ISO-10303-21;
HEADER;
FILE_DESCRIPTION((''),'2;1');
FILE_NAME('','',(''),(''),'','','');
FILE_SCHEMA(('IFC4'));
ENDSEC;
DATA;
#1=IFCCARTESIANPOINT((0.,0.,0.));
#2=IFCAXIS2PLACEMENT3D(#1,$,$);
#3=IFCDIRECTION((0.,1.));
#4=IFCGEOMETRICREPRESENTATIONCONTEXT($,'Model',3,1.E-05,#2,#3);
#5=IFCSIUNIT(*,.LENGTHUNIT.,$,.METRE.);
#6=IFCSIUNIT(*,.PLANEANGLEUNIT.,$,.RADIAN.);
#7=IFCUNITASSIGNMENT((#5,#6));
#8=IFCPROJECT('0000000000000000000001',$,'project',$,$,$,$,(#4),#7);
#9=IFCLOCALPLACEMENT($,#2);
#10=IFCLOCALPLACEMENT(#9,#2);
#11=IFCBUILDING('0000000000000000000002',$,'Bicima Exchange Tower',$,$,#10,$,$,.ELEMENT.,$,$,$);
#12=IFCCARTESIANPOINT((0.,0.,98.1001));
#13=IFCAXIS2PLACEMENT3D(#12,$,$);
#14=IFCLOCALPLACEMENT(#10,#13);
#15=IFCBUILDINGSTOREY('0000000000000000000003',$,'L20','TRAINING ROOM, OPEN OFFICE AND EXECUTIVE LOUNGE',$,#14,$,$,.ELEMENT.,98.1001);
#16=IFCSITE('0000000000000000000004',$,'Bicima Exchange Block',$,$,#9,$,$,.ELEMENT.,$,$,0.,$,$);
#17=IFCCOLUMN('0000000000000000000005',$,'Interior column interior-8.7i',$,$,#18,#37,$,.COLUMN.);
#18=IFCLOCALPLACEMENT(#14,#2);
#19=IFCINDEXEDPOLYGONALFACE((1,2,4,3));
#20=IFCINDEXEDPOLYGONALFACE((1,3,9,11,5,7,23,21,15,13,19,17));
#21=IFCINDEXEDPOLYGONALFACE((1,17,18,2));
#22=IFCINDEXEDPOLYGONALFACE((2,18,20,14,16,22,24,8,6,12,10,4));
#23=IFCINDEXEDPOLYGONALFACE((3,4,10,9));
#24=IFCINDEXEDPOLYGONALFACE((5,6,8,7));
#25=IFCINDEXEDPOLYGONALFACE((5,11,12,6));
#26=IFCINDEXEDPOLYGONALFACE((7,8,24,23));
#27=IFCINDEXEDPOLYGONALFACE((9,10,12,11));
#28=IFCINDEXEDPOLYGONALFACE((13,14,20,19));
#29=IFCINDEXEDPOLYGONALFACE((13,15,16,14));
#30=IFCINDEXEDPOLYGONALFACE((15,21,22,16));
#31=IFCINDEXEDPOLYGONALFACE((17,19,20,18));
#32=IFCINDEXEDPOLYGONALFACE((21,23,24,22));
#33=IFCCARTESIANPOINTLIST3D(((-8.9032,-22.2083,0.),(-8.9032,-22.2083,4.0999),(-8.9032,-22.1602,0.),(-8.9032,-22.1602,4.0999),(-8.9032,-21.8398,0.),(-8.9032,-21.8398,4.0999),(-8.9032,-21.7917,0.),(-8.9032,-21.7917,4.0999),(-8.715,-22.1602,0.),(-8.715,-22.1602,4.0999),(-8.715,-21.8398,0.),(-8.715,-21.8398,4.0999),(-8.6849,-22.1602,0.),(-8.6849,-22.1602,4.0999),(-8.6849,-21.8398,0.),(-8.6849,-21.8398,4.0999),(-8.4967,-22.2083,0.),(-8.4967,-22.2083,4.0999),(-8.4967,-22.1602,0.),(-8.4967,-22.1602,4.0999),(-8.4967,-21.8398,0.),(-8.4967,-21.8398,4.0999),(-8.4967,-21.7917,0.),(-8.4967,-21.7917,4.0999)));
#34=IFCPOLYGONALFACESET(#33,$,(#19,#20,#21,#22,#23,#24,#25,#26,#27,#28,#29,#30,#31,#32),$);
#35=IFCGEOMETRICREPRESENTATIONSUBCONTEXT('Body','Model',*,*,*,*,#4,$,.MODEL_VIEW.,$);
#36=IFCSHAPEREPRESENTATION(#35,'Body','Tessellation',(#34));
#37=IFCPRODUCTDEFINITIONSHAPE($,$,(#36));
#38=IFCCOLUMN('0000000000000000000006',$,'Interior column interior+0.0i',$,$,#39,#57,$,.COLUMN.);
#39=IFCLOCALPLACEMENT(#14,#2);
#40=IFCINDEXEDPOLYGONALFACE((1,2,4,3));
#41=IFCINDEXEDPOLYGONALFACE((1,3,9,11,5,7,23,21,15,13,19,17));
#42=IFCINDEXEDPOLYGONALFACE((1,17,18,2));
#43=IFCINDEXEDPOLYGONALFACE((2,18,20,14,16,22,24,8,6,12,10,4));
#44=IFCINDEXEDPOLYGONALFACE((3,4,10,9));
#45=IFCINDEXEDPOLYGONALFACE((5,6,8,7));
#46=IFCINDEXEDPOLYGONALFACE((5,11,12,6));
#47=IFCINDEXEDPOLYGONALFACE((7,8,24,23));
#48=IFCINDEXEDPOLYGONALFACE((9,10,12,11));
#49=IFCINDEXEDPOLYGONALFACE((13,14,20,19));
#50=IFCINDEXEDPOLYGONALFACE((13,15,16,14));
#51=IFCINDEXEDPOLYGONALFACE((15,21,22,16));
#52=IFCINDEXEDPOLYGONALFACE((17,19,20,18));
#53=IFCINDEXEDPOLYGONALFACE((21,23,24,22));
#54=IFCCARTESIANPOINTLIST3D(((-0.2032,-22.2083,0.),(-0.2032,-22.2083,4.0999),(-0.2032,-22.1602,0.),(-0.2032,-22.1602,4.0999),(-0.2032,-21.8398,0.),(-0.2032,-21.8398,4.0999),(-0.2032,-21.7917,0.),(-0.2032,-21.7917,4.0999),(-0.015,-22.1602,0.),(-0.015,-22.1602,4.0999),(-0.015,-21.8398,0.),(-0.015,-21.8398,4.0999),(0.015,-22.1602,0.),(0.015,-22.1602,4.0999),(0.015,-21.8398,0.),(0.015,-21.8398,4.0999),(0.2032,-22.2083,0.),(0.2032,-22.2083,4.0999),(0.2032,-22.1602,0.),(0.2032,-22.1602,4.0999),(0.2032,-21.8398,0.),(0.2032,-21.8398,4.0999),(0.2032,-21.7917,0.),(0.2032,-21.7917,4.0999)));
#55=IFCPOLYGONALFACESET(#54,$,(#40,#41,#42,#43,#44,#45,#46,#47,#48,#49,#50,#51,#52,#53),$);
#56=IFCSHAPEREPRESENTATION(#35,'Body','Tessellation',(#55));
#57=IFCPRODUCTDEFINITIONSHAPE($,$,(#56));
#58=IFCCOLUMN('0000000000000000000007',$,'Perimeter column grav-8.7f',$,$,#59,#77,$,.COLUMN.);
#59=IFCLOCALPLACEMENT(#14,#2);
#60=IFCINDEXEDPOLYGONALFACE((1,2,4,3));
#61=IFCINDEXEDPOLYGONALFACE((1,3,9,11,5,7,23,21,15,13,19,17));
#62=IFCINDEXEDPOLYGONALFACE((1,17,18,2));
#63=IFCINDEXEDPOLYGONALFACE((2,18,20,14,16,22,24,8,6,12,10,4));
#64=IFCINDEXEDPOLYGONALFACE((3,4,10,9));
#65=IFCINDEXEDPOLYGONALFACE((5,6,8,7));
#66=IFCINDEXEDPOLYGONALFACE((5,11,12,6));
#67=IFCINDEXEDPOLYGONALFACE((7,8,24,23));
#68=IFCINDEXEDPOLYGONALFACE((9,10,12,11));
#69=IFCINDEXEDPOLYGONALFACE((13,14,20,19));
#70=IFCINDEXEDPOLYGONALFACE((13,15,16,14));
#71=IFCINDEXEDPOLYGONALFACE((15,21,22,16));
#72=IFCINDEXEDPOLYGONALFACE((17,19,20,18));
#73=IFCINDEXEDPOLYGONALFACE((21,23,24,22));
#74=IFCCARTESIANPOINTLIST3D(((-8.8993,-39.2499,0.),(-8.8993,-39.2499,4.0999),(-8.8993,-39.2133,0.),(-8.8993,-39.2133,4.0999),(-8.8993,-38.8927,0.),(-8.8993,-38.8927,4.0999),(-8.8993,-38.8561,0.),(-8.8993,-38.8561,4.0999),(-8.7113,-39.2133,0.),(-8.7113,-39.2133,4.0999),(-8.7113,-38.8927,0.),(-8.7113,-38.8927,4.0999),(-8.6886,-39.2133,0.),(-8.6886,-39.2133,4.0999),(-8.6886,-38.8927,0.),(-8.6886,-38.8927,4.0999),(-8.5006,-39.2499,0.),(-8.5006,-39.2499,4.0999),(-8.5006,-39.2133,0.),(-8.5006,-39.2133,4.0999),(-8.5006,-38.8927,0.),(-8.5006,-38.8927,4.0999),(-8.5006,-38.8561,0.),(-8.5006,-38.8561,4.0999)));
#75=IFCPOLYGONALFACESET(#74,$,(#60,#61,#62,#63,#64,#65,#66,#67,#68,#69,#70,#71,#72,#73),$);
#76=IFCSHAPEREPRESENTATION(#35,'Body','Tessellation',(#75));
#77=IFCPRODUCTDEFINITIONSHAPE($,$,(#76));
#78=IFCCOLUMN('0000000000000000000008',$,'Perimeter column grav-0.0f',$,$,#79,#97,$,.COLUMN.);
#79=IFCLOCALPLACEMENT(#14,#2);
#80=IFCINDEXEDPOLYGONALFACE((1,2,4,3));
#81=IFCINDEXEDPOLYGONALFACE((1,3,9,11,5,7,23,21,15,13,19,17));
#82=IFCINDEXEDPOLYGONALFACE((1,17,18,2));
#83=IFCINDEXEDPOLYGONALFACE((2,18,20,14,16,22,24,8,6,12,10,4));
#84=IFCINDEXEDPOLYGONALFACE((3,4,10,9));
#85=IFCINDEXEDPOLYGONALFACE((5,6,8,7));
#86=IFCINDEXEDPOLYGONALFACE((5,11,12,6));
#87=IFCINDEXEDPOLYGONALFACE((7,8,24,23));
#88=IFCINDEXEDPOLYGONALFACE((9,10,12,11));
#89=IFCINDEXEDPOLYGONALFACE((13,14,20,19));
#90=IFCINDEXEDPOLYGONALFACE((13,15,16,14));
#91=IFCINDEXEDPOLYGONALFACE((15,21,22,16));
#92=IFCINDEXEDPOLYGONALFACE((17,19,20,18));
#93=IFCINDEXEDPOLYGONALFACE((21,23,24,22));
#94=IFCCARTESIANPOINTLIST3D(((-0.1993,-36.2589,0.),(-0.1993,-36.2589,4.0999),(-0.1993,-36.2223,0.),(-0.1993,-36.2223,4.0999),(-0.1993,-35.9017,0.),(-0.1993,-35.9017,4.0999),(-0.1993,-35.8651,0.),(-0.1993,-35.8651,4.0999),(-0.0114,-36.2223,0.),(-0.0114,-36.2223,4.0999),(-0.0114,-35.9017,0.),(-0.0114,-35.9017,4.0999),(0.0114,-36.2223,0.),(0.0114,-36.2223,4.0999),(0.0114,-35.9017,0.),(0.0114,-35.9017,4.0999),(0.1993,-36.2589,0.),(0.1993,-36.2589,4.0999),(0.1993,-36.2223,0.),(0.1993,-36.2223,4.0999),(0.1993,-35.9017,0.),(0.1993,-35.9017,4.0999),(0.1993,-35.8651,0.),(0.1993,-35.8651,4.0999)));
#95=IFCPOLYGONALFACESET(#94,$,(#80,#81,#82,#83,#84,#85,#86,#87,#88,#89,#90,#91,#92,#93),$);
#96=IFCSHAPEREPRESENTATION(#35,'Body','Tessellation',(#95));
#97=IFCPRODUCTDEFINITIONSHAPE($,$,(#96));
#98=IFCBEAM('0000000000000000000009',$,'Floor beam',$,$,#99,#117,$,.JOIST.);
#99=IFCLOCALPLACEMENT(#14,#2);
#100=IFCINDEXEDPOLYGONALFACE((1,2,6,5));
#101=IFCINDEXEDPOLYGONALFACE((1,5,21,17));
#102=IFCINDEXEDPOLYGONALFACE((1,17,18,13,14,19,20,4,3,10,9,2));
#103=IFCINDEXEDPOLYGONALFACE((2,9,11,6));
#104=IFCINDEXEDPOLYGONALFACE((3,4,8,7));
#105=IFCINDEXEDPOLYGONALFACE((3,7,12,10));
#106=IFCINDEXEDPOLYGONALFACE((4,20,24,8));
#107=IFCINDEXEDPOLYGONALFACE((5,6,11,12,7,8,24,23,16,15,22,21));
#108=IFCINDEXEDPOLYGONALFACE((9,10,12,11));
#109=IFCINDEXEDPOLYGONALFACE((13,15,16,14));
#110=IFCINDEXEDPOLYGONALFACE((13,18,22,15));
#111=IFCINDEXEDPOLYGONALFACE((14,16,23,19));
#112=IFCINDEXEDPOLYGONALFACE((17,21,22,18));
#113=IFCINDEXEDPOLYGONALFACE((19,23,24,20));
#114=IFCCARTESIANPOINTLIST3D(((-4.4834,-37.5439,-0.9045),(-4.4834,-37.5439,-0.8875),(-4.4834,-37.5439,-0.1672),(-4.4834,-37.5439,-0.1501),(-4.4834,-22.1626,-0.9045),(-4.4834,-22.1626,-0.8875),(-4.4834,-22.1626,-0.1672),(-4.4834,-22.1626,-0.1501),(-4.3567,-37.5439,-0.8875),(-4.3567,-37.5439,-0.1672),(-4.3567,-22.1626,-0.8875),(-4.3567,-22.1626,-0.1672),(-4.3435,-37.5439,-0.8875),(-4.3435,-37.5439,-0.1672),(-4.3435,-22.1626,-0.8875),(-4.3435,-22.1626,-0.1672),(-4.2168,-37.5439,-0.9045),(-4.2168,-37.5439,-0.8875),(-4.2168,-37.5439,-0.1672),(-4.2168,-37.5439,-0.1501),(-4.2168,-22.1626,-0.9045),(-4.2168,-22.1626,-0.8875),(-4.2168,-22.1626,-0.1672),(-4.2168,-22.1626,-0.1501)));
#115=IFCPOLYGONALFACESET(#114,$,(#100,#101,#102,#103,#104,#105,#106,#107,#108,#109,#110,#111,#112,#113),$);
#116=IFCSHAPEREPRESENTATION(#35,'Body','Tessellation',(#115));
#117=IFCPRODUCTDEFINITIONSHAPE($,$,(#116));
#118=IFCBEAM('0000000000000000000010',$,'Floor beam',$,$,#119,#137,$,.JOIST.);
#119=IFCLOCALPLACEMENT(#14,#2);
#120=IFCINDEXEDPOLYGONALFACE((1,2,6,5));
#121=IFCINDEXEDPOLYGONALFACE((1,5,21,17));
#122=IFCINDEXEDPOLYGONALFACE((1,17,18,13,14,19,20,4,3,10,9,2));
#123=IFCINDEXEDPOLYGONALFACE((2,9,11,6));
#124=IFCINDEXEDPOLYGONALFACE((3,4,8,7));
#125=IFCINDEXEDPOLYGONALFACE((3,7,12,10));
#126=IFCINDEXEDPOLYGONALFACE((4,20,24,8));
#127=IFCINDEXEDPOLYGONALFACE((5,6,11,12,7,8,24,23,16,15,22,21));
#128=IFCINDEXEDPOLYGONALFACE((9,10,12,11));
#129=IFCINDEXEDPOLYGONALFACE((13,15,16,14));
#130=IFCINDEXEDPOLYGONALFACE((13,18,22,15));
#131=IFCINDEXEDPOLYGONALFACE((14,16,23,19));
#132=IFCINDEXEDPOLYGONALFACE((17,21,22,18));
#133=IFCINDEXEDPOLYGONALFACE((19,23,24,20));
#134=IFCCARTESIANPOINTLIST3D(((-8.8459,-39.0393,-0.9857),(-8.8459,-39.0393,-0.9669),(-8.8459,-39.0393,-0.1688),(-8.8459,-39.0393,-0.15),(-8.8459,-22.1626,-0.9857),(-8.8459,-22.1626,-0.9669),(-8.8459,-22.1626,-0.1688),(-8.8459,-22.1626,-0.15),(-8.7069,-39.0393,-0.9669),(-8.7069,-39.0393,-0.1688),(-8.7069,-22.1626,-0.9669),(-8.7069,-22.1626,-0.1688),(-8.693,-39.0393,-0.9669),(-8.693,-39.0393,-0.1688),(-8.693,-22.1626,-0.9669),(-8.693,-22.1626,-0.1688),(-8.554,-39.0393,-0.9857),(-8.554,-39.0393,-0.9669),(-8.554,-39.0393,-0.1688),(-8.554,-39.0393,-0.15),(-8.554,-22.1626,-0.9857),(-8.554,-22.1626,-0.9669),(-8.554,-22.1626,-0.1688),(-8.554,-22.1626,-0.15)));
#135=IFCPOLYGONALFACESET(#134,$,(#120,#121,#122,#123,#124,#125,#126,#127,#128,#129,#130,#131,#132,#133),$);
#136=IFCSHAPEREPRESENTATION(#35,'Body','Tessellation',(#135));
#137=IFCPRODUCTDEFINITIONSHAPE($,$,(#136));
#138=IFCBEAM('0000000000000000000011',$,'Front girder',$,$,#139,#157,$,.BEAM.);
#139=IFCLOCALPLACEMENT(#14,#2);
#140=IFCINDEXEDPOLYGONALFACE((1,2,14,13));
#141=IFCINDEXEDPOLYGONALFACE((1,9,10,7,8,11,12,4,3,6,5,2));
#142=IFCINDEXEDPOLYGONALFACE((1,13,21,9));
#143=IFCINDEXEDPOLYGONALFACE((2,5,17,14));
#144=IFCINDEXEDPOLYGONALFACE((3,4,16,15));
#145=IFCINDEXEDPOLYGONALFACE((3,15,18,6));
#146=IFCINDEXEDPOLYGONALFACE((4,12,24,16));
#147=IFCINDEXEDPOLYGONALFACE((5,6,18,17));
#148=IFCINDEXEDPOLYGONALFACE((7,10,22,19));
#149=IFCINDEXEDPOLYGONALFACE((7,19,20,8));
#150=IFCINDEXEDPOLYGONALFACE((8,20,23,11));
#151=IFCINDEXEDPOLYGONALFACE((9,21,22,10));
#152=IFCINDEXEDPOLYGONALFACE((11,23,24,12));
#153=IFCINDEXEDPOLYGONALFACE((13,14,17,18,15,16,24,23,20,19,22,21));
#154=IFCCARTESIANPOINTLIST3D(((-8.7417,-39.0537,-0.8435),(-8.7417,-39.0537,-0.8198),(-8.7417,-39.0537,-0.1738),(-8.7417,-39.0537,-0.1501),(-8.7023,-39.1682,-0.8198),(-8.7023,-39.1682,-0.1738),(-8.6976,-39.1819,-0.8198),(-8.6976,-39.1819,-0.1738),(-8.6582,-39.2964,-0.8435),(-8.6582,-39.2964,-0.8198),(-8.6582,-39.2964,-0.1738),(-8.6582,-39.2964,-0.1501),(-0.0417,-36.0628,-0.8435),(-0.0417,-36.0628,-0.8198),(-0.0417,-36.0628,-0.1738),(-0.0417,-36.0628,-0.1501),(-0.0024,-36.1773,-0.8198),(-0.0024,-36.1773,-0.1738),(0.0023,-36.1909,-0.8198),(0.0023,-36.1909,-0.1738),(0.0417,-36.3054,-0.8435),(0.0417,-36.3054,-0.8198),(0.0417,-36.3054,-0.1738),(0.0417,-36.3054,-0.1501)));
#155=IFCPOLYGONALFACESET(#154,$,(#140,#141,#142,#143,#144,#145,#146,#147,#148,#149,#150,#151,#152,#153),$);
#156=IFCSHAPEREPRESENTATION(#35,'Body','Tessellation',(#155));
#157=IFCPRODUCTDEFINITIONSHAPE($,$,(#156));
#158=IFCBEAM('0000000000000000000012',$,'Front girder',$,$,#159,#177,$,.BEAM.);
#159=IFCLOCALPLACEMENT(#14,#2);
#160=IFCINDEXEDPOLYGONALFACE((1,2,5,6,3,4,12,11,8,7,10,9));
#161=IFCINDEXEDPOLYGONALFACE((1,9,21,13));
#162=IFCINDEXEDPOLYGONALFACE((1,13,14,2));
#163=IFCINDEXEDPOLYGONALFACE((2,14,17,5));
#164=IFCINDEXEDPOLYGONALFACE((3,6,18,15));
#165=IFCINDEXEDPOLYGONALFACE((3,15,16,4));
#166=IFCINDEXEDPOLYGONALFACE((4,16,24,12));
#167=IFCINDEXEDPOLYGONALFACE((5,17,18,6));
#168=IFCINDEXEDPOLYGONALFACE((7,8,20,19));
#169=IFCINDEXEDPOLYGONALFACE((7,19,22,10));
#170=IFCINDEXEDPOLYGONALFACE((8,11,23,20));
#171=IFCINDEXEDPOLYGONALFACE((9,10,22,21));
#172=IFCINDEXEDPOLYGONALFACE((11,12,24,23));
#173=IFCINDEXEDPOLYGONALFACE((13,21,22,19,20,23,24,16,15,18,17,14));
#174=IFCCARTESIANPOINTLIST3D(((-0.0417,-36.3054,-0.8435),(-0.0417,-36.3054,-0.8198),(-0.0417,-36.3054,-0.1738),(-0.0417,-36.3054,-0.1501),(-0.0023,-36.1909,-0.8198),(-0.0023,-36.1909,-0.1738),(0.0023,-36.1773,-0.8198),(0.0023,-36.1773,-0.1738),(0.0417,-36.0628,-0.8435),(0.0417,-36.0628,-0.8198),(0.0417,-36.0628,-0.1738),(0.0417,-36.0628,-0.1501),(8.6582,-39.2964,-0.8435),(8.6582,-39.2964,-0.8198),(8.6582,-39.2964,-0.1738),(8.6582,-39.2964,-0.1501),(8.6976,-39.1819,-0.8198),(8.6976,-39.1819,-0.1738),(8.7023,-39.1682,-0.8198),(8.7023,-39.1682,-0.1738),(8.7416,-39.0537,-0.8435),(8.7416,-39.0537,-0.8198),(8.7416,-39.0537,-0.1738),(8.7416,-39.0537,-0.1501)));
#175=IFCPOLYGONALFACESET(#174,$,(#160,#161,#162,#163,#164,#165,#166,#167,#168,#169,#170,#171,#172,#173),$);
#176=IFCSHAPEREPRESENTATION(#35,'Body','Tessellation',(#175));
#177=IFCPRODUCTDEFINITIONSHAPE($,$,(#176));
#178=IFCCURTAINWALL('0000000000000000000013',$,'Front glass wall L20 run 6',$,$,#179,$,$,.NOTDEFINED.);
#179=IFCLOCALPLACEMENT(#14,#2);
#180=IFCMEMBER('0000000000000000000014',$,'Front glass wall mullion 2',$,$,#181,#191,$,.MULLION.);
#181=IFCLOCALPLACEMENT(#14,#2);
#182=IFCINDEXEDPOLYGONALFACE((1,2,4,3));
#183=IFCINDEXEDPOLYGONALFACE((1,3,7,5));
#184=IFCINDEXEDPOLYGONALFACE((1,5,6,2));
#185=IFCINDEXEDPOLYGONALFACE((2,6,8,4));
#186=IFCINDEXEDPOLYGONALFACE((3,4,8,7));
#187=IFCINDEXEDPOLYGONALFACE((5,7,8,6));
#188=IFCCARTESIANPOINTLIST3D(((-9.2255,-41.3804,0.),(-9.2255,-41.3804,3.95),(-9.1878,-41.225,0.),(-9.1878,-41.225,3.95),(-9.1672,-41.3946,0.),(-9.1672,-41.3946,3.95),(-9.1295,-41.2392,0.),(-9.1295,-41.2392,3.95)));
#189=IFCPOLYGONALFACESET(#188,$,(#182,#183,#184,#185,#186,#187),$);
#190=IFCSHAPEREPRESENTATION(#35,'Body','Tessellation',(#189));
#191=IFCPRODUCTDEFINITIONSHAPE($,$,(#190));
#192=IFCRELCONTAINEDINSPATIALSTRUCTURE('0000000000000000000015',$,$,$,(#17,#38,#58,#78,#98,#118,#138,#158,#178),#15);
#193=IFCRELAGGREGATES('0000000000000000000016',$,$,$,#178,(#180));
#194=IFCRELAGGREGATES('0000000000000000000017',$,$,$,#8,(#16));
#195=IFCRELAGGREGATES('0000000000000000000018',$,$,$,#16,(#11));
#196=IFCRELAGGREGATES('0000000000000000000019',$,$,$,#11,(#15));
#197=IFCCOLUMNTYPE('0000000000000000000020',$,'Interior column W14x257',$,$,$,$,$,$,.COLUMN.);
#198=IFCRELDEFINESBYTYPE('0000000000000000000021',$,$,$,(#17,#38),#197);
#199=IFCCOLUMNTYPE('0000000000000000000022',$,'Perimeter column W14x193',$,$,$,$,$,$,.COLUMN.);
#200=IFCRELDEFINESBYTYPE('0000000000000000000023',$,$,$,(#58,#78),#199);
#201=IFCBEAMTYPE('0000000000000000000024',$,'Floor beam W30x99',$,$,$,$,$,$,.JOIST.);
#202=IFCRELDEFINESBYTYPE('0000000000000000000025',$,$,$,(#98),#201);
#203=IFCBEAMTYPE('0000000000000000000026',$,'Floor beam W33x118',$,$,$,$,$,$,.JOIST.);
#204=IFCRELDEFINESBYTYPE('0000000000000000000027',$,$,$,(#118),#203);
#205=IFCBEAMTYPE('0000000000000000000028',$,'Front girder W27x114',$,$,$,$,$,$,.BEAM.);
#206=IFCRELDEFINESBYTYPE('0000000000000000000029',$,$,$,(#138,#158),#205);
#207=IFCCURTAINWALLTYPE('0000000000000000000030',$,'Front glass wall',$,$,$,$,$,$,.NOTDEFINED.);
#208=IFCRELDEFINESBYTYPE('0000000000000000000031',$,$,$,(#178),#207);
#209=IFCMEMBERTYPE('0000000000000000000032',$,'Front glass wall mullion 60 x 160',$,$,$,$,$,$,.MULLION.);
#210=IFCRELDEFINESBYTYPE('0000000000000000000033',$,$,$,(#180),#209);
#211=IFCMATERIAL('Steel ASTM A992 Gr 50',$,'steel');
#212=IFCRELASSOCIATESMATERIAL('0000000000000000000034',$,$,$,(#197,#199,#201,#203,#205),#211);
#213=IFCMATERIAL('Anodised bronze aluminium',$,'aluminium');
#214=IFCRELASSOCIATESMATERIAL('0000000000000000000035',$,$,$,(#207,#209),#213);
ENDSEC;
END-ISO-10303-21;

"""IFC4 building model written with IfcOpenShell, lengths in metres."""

from ifc_helpers import new_model, si_unit, direction, frame, origin, origin_2d, place, context, subcontext, project, spatial, rectangle, i_section, extrude, material, material_profile, profile_set, type_object, element, aggregate, save


model = new_model("IFC4")

# Units and contexts
model_context = context("Model", 3, precision=1e-05, world=origin(), true_north=direction((0.0, 1.0)))
body_context = subcontext(model_context, "Body", "Model", "MODEL_VIEW")
ifc_project = project(units=[si_unit("LENGTHUNIT", "METRE"), si_unit("PLANEANGLEUNIT", "RADIAN")], contexts=[model_context])

# Site, building, storey
site_placement = place(None, origin())
site = spatial("IfcSite", under=ifc_project, at=site_placement, Name="Bicima Exchange Block", CompositionType="ELEMENT", RefElevation=0.0)
building_placement = place(site_placement, origin())
building = spatial("IfcBuilding", under=site, at=building_placement, Name="Bicima Exchange Tower", CompositionType="ELEMENT")
storey_placement = place(building_placement, frame((0.0, 0.0, 98.1001)))
storey = spatial("IfcBuildingStorey", under=building, at=storey_placement, Name="L20", Description="TRAINING ROOM, OPEN OFFICE AND EXECUTIVE LOUNGE", CompositionType="ELEMENT", Elevation=98.1001)

# Columns
ifc_material_1 = material(Name="Steel ASTM A992 Gr 50", Category="steel")
ifc_material_profile_1 = material_profile(ifc_material_1, i_section(OverallWidth=0.4065, OverallDepth=0.4165, WebThickness=0.03, FlangeThickness=0.0481, at=origin_2d()))
ifc_profile_set_1 = profile_set([ifc_material_profile_1], Name="Steel ASTM A992 Gr 50")
column_type_1 = type_object("IfcColumnType", Name="Interior column W14x257", PredefinedType="COLUMN", material=ifc_profile_set_1)
for number, where, z_axis, x_axis, name in (
    (1, (-8.7, -22.0, 0.0), (0.0, 0.0, 1.0), (1.0, 0.0, 0.0), "Interior column interior-8.7i"),
    (2, (0.0, -22.0, 0.0), (0.0, 0.0, 1.0), (1.0, 0.0, 0.0), "Interior column interior+0.0i"),
):
    element("IfcColumn", number, at=place(storey_placement, frame(where, z_axis=z_axis, x_axis=x_axis)), inside=storey, type_object=column_type_1, Name=name, PredefinedType="COLUMN", context=body_context, shape_type="SweptSolid", body=[
        extrude(i_section(OverallWidth=0.4065, OverallDepth=0.4165, WebThickness=0.03, FlangeThickness=0.0481, at=origin_2d()), origin(), (0.0, 0.0, 1.0), 4.0999),
    ])
ifc_material_profile_2 = material_profile(ifc_material_1, i_section(OverallWidth=0.3987, OverallDepth=0.3938, WebThickness=0.0227, FlangeThickness=0.0366, at=origin_2d()))
ifc_profile_set_2 = profile_set([ifc_material_profile_2], Name="Steel ASTM A992 Gr 50")
column_type_2 = type_object("IfcColumnType", Name="Perimeter column W14x193", PredefinedType="COLUMN", material=ifc_profile_set_2)
for number, where, z_axis, x_axis, name in (
    (3, (-8.7, -39.053, 0.0), (0.0, 0.0, 1.0), (1.0, 0.0, 0.0), "Perimeter column grav-8.7f"),
    (4, (0.0, -36.062, 0.0), (0.0, 0.0, 1.0), (1.0, 0.0, 0.0), "Perimeter column grav-0.0f"),
):
    element("IfcColumn", number, at=place(storey_placement, frame(where, z_axis=z_axis, x_axis=x_axis)), inside=storey, type_object=column_type_2, Name=name, PredefinedType="COLUMN", context=body_context, shape_type="SweptSolid", body=[
        extrude(i_section(OverallWidth=0.3987, OverallDepth=0.3938, WebThickness=0.0227, FlangeThickness=0.0366, at=origin_2d()), origin(), (0.0, 0.0, 1.0), 4.0999),
    ])

# Beams
ifc_material_profile_3 = material_profile(ifc_material_1, i_section(OverallWidth=0.2666, OverallDepth=0.7544, WebThickness=0.0132, FlangeThickness=0.0171, at=origin_2d()))
ifc_profile_set_3 = profile_set([ifc_material_profile_3], Name="Steel ASTM A992 Gr 50")
beam_type_1 = type_object("IfcBeamType", Name="Floor beam W30x99", PredefinedType="JOIST", material=ifc_profile_set_3)
beam_1_placement = place(storey_placement, frame((-4.3501, -22.1626, -0.5273), z_axis=(0.0, -1.0, 0.0), x_axis=(1.0, 0.0, 0.0)))
element("IfcBeam", 5, at=beam_1_placement, inside=storey, type_object=beam_type_1, Name="Floor beam", PredefinedType="JOIST", context=body_context, shape_type="SweptSolid", body=[
    extrude(i_section(OverallWidth=0.2666, OverallDepth=0.7544, WebThickness=0.0132, FlangeThickness=0.0171, at=origin_2d()), origin(), (0.0, 0.0, 1.0), 15.3813),
])
ifc_material_profile_4 = material_profile(ifc_material_1, i_section(OverallWidth=0.292, OverallDepth=0.8357, WebThickness=0.0139, FlangeThickness=0.0188, at=origin_2d()))
ifc_profile_set_4 = profile_set([ifc_material_profile_4], Name="Steel ASTM A992 Gr 50")
beam_type_2 = type_object("IfcBeamType", Name="Floor beam W33x118", PredefinedType="JOIST", material=ifc_profile_set_4)
beam_2_placement = place(storey_placement, frame((-8.7, -22.1626, -0.5679), z_axis=(0.0, -1.0, 0.0), x_axis=(1.0, 0.0, 0.0)))
element("IfcBeam", 6, at=beam_2_placement, inside=storey, type_object=beam_type_2, Name="Floor beam", PredefinedType="JOIST", context=body_context, shape_type="SweptSolid", body=[
    extrude(i_section(OverallWidth=0.292, OverallDepth=0.8357, WebThickness=0.0139, FlangeThickness=0.0188, at=origin_2d()), origin(), (0.0, 0.0, 1.0), 16.8767),
])
ifc_material_profile_5 = material_profile(ifc_material_1, i_section(OverallWidth=0.2566, OverallDepth=0.6934, WebThickness=0.0144, FlangeThickness=0.0237, at=origin_2d()))
ifc_profile_set_5 = profile_set([ifc_material_profile_5], Name="Steel ASTM A992 Gr 50")
beam_type_3 = type_object("IfcBeamType", Name="Front girder W27x114", PredefinedType="BEAM", material=ifc_profile_set_5)
for number, where, z_axis, x_axis, name in (
    (7, (-8.7, -39.175, -0.4968), (0.945675, 0.325115, 0.0), (-0.325115, 0.945675, 0.0), "Front girder"),
    (8, (0.0, -36.1841, -0.4968), (0.945675, -0.325115, 0.0), (0.325115, 0.945675, 0.0), "Front girder"),
):
    element("IfcBeam", number, at=place(storey_placement, frame(where, z_axis=z_axis, x_axis=x_axis)), inside=storey, type_object=beam_type_3, Name=name, PredefinedType="BEAM", context=body_context, shape_type="SweptSolid", body=[
        extrude(i_section(OverallWidth=0.2566, OverallDepth=0.6934, WebThickness=0.0144, FlangeThickness=0.0237, at=origin_2d()), origin(), (0.0, 0.0, 1.0), 9.1997),
    ])

# Curtain wall, member
ifc_material_2 = material(Name="Anodised bronze aluminium", Category="aluminium")
curtain_wall_type = type_object("IfcCurtainWallType", Name="Front glass wall", PredefinedType="NOTDEFINED", material=ifc_material_2)
curtain_wall_placement = place(storey_placement, origin())
curtain_wall = element("IfcCurtainWall", 9, at=curtain_wall_placement, inside=storey, type_object=curtain_wall_type, Name="Front glass wall L20 run 6", PredefinedType="NOTDEFINED")
ifc_material_profile_6 = material_profile(ifc_material_2, rectangle(XDim=0.1599, YDim=0.0601, at=origin_2d()))
ifc_profile_set_6 = profile_set([ifc_material_profile_6], Name="Anodised bronze aluminium")
member_type_1 = type_object("IfcMemberType", Name="Front glass wall mullion 60 x 160", PredefinedType="MULLION", material=ifc_profile_set_6)
member_1_placement = place(storey_placement, frame((-9.1775, -41.3098, 0.0), z_axis=(0.0, 0.0, 1.0), x_axis=(0.235682, 0.97183, 0.0)))
member_1 = element("IfcMember", 10, at=member_1_placement, type_object=member_type_1, Name="Front glass wall mullion 2", PredefinedType="MULLION", context=body_context, shape_type="SweptSolid", body=[
    extrude(rectangle(XDim=0.1599, YDim=0.0601, at=origin_2d()), origin(), (0.0, 0.0, 1.0), 3.95),
])

aggregate(curtain_wall, [member_1])

save(model, "model.ifc")
